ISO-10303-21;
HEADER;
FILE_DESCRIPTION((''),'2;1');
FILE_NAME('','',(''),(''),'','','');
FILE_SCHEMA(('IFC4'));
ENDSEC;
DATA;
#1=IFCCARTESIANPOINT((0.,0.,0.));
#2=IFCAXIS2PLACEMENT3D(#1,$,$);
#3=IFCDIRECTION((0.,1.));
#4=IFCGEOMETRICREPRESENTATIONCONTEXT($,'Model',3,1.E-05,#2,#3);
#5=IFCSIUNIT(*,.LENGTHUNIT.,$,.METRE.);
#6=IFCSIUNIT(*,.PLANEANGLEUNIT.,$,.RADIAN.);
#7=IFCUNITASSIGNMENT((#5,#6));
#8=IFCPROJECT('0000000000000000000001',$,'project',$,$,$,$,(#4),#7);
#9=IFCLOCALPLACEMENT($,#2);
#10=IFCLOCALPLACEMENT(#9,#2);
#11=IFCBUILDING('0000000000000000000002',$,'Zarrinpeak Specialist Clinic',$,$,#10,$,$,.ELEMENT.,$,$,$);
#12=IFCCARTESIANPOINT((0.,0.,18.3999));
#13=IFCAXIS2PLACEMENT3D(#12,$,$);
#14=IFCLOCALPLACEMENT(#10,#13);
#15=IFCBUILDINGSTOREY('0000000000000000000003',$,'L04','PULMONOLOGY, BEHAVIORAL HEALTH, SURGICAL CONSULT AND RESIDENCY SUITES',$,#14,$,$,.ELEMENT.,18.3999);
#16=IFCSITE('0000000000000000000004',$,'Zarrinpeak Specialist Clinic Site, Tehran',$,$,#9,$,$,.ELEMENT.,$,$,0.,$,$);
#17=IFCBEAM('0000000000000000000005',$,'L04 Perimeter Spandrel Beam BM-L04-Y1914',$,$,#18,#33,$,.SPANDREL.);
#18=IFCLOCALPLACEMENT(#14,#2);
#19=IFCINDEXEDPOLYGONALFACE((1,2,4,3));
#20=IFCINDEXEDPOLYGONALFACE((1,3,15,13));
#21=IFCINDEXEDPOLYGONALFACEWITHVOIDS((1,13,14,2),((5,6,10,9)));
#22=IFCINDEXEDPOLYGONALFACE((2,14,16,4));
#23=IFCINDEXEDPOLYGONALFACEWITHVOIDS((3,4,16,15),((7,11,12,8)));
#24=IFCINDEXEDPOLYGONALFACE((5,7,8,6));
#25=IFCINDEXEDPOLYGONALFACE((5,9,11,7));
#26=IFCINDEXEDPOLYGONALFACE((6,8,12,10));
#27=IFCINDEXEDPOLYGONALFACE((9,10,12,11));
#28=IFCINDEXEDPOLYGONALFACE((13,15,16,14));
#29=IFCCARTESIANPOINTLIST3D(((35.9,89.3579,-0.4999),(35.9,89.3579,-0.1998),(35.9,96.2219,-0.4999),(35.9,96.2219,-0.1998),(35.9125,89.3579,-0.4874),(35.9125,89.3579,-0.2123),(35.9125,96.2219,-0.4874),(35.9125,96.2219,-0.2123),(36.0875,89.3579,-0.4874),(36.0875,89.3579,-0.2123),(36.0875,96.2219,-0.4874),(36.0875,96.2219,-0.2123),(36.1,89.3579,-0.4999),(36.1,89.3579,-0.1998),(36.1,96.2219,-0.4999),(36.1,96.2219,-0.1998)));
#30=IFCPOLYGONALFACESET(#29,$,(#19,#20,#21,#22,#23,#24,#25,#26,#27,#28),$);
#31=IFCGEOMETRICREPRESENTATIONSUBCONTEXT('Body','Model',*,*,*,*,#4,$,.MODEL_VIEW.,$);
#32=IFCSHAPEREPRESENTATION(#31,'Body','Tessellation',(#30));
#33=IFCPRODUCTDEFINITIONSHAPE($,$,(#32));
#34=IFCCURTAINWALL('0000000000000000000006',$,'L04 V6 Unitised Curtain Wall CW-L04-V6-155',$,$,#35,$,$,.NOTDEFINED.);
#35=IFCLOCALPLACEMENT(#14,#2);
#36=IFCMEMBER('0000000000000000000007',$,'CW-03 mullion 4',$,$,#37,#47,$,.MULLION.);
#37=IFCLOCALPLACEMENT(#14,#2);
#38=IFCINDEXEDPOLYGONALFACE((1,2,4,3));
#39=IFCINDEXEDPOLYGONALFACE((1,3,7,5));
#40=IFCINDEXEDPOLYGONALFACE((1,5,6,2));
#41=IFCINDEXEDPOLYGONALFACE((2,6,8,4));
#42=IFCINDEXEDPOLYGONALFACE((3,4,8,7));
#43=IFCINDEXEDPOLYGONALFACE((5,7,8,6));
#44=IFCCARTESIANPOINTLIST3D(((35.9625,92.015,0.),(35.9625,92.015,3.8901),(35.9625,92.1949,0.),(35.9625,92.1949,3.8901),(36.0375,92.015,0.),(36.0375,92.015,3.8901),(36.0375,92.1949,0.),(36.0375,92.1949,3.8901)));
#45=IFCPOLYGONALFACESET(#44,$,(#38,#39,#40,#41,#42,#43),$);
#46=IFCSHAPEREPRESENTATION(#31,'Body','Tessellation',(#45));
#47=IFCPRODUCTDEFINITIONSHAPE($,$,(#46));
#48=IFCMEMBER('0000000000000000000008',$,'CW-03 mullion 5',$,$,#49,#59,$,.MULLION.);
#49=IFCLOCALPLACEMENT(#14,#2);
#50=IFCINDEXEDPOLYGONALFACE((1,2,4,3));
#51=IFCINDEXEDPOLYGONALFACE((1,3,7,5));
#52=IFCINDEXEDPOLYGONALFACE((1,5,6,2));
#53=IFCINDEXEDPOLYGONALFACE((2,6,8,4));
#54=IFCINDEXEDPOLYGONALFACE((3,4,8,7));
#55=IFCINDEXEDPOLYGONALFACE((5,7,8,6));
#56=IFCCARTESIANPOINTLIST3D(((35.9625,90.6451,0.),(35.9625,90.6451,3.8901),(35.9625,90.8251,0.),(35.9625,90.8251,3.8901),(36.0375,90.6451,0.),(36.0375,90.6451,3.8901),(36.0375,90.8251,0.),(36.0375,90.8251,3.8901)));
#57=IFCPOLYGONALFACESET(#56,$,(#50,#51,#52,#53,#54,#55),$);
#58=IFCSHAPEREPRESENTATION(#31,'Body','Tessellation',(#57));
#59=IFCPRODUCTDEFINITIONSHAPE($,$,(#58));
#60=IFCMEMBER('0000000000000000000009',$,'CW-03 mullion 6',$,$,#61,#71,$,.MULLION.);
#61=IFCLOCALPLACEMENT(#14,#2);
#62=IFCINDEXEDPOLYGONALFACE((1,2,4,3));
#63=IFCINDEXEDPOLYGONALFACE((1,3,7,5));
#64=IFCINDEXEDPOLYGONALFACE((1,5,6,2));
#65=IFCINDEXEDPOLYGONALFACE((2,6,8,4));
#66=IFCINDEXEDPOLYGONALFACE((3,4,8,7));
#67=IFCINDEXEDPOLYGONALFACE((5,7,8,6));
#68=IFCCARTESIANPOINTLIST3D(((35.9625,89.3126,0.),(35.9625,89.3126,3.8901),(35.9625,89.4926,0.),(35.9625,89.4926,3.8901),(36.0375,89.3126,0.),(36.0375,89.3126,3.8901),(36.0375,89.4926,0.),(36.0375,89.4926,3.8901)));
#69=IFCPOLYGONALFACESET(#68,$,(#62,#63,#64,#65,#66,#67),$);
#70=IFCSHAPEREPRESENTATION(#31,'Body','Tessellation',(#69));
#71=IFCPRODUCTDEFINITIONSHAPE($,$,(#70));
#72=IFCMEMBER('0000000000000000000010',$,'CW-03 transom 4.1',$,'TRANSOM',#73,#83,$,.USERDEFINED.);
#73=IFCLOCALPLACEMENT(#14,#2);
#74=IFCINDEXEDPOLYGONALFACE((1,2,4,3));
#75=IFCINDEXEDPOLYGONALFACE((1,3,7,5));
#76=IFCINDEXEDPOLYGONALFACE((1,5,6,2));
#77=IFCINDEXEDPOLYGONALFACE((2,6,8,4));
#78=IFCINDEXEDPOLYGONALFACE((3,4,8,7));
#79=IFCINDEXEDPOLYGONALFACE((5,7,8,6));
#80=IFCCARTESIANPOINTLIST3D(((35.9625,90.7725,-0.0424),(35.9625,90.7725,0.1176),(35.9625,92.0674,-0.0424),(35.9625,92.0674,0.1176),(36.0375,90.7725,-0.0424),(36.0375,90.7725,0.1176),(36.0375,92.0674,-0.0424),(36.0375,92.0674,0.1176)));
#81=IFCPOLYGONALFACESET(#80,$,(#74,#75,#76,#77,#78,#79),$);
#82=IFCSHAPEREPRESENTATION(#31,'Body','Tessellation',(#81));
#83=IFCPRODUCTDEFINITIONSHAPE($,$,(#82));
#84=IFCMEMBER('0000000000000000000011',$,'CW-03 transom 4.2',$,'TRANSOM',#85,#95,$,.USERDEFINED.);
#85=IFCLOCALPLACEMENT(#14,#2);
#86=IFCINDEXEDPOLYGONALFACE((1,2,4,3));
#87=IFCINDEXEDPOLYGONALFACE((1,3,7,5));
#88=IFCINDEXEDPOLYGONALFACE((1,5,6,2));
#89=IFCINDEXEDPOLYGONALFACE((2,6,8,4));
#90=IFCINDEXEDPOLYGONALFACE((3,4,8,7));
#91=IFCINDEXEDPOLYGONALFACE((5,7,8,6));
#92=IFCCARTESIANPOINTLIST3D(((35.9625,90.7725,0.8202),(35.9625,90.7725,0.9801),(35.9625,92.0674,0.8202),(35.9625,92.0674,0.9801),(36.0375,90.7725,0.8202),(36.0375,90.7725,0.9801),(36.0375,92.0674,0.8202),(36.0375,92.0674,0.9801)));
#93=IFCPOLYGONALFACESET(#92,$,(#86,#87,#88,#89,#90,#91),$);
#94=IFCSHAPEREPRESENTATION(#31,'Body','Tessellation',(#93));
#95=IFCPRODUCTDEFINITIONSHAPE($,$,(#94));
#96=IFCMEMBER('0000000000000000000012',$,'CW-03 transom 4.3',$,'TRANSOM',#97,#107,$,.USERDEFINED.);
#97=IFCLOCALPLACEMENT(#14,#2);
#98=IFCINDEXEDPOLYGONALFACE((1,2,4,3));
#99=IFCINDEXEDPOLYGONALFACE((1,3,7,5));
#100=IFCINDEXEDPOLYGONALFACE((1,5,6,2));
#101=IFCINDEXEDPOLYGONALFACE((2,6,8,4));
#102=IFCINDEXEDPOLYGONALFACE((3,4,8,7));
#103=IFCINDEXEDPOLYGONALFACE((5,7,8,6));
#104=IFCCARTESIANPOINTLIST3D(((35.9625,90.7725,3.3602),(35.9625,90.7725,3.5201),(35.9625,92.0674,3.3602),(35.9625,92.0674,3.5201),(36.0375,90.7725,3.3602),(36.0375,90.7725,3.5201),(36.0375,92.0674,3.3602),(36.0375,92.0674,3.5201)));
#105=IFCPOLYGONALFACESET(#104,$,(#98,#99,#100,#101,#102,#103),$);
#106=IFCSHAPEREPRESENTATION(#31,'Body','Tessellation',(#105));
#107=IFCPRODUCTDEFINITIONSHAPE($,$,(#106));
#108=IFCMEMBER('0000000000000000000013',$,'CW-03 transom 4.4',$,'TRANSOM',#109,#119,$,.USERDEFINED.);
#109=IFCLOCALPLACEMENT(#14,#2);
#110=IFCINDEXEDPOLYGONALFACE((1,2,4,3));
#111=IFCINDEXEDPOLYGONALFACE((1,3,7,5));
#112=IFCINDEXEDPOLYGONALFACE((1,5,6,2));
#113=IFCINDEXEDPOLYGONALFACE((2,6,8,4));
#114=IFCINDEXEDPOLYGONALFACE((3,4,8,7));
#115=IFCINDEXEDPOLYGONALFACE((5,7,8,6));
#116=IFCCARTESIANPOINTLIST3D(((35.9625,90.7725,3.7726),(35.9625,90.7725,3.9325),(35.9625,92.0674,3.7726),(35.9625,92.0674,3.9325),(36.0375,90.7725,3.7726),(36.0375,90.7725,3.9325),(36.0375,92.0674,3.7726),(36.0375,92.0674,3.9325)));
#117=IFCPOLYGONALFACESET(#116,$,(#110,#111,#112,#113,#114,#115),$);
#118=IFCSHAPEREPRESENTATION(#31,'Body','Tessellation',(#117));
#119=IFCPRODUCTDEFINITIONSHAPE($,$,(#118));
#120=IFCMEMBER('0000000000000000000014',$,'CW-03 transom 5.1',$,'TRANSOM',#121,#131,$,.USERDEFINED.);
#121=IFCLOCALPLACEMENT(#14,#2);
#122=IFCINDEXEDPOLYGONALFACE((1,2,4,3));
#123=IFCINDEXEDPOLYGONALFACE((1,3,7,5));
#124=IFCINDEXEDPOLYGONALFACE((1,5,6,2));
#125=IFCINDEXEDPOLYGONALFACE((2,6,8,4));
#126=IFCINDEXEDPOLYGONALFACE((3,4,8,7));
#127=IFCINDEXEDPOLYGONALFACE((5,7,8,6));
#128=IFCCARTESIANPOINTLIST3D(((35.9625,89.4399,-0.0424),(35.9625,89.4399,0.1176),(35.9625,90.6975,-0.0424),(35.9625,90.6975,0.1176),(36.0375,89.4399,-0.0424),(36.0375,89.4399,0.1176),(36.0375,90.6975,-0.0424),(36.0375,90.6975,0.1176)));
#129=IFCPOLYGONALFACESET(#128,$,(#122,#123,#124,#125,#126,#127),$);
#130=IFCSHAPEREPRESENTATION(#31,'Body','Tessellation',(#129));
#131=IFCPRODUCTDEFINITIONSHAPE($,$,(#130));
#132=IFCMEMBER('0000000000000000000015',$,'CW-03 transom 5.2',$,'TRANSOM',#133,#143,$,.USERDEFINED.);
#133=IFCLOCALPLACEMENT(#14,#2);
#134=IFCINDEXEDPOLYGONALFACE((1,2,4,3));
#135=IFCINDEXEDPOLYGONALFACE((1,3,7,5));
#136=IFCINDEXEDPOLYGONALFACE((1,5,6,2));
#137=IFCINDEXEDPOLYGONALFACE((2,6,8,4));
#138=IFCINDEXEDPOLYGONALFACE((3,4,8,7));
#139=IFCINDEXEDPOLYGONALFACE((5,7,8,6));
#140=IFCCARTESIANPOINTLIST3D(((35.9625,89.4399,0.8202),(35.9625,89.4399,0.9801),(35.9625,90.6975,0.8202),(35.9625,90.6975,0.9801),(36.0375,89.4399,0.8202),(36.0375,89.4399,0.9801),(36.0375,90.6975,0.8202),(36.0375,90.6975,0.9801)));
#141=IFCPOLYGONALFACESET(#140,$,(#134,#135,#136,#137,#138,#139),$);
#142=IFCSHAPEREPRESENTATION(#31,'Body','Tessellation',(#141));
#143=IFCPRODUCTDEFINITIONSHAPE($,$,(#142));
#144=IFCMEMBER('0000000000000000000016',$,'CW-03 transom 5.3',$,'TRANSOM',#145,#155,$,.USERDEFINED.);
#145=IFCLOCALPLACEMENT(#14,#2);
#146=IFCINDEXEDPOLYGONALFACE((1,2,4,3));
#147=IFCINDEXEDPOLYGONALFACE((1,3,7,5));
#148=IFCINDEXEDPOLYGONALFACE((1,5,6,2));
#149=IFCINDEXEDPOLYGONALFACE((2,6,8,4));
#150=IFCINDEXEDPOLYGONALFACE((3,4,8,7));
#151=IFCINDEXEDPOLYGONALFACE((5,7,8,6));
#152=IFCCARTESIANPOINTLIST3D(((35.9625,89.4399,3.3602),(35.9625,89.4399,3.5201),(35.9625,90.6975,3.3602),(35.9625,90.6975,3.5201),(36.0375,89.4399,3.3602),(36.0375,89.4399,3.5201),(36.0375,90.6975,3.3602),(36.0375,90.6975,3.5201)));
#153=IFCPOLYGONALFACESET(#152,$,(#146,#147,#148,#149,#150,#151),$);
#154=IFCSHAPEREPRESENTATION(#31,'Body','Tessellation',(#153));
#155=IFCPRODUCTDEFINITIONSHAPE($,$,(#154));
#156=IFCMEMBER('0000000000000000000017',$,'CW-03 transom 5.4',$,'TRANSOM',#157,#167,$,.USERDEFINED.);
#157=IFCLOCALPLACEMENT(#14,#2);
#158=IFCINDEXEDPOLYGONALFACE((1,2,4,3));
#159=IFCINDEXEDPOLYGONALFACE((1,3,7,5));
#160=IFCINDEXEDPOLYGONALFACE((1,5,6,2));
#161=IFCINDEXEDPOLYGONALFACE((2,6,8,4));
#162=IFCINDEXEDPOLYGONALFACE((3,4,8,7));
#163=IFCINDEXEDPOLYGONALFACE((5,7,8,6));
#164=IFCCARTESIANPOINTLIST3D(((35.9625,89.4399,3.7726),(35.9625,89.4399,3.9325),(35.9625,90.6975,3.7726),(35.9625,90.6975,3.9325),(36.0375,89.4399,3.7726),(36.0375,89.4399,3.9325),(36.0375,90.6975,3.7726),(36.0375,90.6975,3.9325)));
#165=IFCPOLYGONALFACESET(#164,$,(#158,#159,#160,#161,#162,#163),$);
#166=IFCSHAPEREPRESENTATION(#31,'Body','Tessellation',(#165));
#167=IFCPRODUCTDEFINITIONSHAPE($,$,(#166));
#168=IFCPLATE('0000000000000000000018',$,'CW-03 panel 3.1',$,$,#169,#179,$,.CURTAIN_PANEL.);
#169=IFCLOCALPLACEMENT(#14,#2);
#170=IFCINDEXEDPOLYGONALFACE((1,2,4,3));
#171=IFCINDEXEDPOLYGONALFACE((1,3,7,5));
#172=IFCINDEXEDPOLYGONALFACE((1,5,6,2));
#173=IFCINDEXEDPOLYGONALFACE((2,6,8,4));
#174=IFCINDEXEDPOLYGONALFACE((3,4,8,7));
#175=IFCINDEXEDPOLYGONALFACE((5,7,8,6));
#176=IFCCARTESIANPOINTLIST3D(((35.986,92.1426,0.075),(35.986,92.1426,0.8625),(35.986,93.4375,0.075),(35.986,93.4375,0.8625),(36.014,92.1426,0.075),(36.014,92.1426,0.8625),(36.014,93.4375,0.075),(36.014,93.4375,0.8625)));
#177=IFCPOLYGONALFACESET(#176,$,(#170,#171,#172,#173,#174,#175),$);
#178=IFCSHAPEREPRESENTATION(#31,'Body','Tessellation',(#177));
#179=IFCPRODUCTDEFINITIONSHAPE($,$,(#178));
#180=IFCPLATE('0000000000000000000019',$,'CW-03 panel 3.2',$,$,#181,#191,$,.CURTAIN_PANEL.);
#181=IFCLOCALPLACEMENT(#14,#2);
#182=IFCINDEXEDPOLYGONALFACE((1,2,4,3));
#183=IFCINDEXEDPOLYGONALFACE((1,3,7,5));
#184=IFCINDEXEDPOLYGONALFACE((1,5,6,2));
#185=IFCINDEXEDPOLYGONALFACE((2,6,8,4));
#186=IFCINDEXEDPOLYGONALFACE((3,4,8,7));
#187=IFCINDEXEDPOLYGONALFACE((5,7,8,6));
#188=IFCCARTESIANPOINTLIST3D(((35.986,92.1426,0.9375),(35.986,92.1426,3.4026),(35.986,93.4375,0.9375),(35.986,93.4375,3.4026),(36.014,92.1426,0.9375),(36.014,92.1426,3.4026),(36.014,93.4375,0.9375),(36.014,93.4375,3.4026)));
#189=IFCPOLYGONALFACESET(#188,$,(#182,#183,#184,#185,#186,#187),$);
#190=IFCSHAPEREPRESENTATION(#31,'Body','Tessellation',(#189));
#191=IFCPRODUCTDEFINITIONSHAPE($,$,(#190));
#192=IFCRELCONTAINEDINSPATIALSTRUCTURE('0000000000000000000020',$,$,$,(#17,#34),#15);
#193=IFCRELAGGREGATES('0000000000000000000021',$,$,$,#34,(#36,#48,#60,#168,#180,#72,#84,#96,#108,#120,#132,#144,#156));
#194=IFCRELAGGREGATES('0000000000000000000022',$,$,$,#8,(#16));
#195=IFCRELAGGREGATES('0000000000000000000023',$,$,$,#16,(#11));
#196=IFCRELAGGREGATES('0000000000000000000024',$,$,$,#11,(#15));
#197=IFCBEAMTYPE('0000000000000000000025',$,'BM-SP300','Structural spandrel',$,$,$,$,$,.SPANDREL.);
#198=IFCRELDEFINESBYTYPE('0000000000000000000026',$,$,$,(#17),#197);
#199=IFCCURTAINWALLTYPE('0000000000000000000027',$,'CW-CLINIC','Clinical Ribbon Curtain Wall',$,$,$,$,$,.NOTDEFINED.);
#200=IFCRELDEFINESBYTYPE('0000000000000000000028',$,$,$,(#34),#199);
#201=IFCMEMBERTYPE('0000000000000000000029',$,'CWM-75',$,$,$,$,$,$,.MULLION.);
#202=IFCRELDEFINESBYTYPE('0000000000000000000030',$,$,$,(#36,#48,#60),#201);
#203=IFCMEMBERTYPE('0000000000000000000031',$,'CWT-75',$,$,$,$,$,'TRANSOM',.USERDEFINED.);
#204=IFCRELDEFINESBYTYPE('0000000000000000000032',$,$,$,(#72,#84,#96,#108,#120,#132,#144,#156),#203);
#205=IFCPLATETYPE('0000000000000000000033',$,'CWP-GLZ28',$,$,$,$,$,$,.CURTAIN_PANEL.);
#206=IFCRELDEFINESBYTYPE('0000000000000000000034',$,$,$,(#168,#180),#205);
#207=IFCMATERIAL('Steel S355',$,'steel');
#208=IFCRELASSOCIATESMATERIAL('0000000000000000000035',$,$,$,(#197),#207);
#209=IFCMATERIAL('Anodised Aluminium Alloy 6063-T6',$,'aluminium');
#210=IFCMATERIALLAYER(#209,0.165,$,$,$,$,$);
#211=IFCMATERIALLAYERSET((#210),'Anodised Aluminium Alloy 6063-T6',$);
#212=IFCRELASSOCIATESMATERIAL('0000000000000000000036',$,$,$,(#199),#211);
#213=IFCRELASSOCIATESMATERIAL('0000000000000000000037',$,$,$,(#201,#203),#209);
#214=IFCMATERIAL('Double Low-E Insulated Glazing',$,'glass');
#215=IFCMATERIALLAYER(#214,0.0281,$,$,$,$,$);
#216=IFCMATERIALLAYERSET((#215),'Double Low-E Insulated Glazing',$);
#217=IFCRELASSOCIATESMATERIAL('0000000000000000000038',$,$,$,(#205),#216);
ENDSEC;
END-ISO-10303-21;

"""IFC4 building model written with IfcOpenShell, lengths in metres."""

from ifc_helpers import new_model, si_unit, direction, frame, origin, origin_2d, place, context, subcontext, project, spatial, rectangle, hollow_rectangle, extrude, material, layer, layer_set, material_profile, profile_set, type_object, element, aggregate, save


model = new_model("IFC4")

# Units and contexts
model_context = context("Model", 3, precision=1e-05, world=origin(), true_north=direction((0.0, 1.0)))
body_context = subcontext(model_context, "Body", "Model", "MODEL_VIEW")
ifc_project = project(units=[si_unit("LENGTHUNIT", "METRE"), si_unit("PLANEANGLEUNIT", "RADIAN")], contexts=[model_context])

# Site, building, storey
site_placement = place(None, origin())
site = spatial("IfcSite", under=ifc_project, at=site_placement, Name="Zarrinpeak Specialist Clinic Site, Tehran", CompositionType="ELEMENT", RefElevation=0.0)
building_placement = place(site_placement, origin())
building = spatial("IfcBuilding", under=site, at=building_placement, Name="Zarrinpeak Specialist Clinic", CompositionType="ELEMENT")
storey_placement = place(building_placement, frame((0.0, 0.0, 18.3999)))
storey = spatial("IfcBuildingStorey", under=building, at=storey_placement, Name="L04", Description="PULMONOLOGY, BEHAVIORAL HEALTH, SURGICAL CONSULT AND RESIDENCY SUITES", CompositionType="ELEMENT", Elevation=18.3999)

# Beam
ifc_material_1 = material(Name="Steel S355", Category="steel")
ifc_material_profile_1 = material_profile(ifc_material_1, hollow_rectangle(XDim=0.2, YDim=0.3, WallThickness=0.0125, at=origin_2d()), Name="RHS 300x200x12.5")
ifc_profile_set_1 = profile_set([ifc_material_profile_1], Name="Steel S355")
beam_type = type_object("IfcBeamType", Name="BM-SP300", Description="Structural spandrel", PredefinedType="SPANDREL", material=ifc_profile_set_1)
beam_placement = place(storey_placement, frame((36.0, 89.3579, -0.3499), z_axis=(0.0, 1.0, 0.0), x_axis=(-1.0, 0.0, 0.0)))
element("IfcBeam", 1, at=beam_placement, inside=storey, type_object=beam_type, Name="L04 Perimeter Spandrel Beam BM-L04-Y1914", PredefinedType="SPANDREL", context=body_context, shape_type="SweptSolid", body=[
    extrude(hollow_rectangle(XDim=0.2, YDim=0.3, WallThickness=0.0125, at=origin_2d()), origin(), (0.0, 0.0, 1.0), 6.864),
])

# Curtain wall, members, plates
ifc_material_2 = material(Name="Anodised Aluminium Alloy 6063-T6", Category="aluminium")
ifc_layer_1 = layer(ifc_material_2, 0.165)
ifc_layer_set_1 = layer_set([ifc_layer_1], Name="Anodised Aluminium Alloy 6063-T6")
curtain_wall_type = type_object("IfcCurtainWallType", Name="CW-CLINIC", Description="Clinical Ribbon Curtain Wall", PredefinedType="NOTDEFINED", material=ifc_layer_set_1)
curtain_wall_placement = place(storey_placement, origin())
curtain_wall = element("IfcCurtainWall", 2, at=curtain_wall_placement, inside=storey, type_object=curtain_wall_type, Name="L04 V6 Unitised Curtain Wall CW-L04-V6-155", PredefinedType="NOTDEFINED")
ifc_material_profile_2 = material_profile(ifc_material_2, rectangle(XDim=0.075, YDim=0.1799, at=origin_2d()), Name="ALU 75x180")
ifc_profile_set_2 = profile_set([ifc_material_profile_2], Name="Anodised Aluminium Alloy 6063-T6")
member_type_1 = type_object("IfcMemberType", Name="CWM-75", PredefinedType="MULLION", material=ifc_profile_set_2)
member_1_placement = place(storey_placement, frame((36.0, 92.105, 0.0), z_axis=(0.0, 0.0, 1.0), x_axis=(1.0, 0.0, 0.0)))
member_1 = element("IfcMember", 3, at=member_1_placement, type_object=member_type_1, Name="CW-03 mullion 4", PredefinedType="MULLION", context=body_context, shape_type="SweptSolid", body=[
    extrude(rectangle(XDim=0.075, YDim=0.1799, at=origin_2d()), origin(), (0.0, 0.0, 1.0), 3.8901),
])
member_2_placement = place(storey_placement, frame((36.0, 90.7351, 0.0), z_axis=(0.0, 0.0, 1.0), x_axis=(1.0, 0.0, 0.0)))
member_2 = element("IfcMember", 4, at=member_2_placement, type_object=member_type_1, Name="CW-03 mullion 5", PredefinedType="MULLION", context=body_context, shape_type="SweptSolid", body=[
    extrude(rectangle(XDim=0.075, YDim=0.1799, at=origin_2d()), origin(), (0.0, 0.0, 1.0), 3.8901),
])
member_3_placement = place(storey_placement, frame((36.0, 89.4026, 0.0), z_axis=(0.0, 0.0, 1.0), x_axis=(1.0, 0.0, 0.0)))
member_3 = element("IfcMember", 5, at=member_3_placement, type_object=member_type_1, Name="CW-03 mullion 6", PredefinedType="MULLION", context=body_context, shape_type="SweptSolid", body=[
    extrude(rectangle(XDim=0.075, YDim=0.1799, at=origin_2d()), origin(), (0.0, 0.0, 1.0), 3.8901),
])
ifc_material_profile_3 = material_profile(ifc_material_2, rectangle(XDim=0.075, YDim=0.1599, at=origin_2d()), Name="ALU 75x160")
ifc_profile_set_3 = profile_set([ifc_material_profile_3], Name="Anodised Aluminium Alloy 6063-T6")
member_type_2 = type_object("IfcMemberType", Name="CWT-75", ElementType="TRANSOM", PredefinedType="USERDEFINED", material=ifc_profile_set_3)
member_4_placement = place(storey_placement, frame((36.0, 92.0674, 0.0376), z_axis=(0.0, -1.0, 0.0), x_axis=(1.0, 0.0, 0.0)))
member_4 = element("IfcMember", 6, at=member_4_placement, type_object=member_type_2, Name="CW-03 transom 4.1", ObjectType="TRANSOM", PredefinedType="USERDEFINED", context=body_context, shape_type="SweptSolid", body=[
    extrude(rectangle(XDim=0.075, YDim=0.1599, at=origin_2d()), origin(), (0.0, 0.0, 1.0), 1.2949),
])
member_5_placement = place(storey_placement, frame((36.0, 92.0674, 0.9001), z_axis=(0.0, -1.0, 0.0), x_axis=(1.0, 0.0, 0.0)))
member_5 = element("IfcMember", 7, at=member_5_placement, type_object=member_type_2, Name="CW-03 transom 4.2", ObjectType="TRANSOM", PredefinedType="USERDEFINED", context=body_context, shape_type="SweptSolid", body=[
    extrude(rectangle(XDim=0.075, YDim=0.1599, at=origin_2d()), origin(), (0.0, 0.0, 1.0), 1.2949),
])
member_6_placement = place(storey_placement, frame((36.0, 92.0674, 3.4402), z_axis=(0.0, -1.0, 0.0), x_axis=(1.0, 0.0, 0.0)))
member_6 = element("IfcMember", 8, at=member_6_placement, type_object=member_type_2, Name="CW-03 transom 4.3", ObjectType="TRANSOM", PredefinedType="USERDEFINED", context=body_context, shape_type="SweptSolid", body=[
    extrude(rectangle(XDim=0.075, YDim=0.1599, at=origin_2d()), origin(), (0.0, 0.0, 1.0), 1.2949),
])
member_7_placement = place(storey_placement, frame((36.0, 92.0674, 3.8525), z_axis=(0.0, -1.0, 0.0), x_axis=(1.0, 0.0, 0.0)))
member_7 = element("IfcMember", 9, at=member_7_placement, type_object=member_type_2, Name="CW-03 transom 4.4", ObjectType="TRANSOM", PredefinedType="USERDEFINED", context=body_context, shape_type="SweptSolid", body=[
    extrude(rectangle(XDim=0.075, YDim=0.1599, at=origin_2d()), origin(), (0.0, 0.0, 1.0), 1.2949),
])
member_8_placement = place(storey_placement, frame((36.0, 90.6975, 0.0376), z_axis=(0.0, -1.0, 0.0), x_axis=(1.0, 0.0, 0.0)))
member_8 = element("IfcMember", 10, at=member_8_placement, type_object=member_type_2, Name="CW-03 transom 5.1", ObjectType="TRANSOM", PredefinedType="USERDEFINED", context=body_context, shape_type="SweptSolid", body=[
    extrude(rectangle(XDim=0.075, YDim=0.1599, at=origin_2d()), origin(), (0.0, 0.0, 1.0), 1.2576),
])
member_9_placement = place(storey_placement, frame((36.0, 90.6975, 0.9001), z_axis=(0.0, -1.0, 0.0), x_axis=(1.0, 0.0, 0.0)))
member_9 = element("IfcMember", 11, at=member_9_placement, type_object=member_type_2, Name="CW-03 transom 5.2", ObjectType="TRANSOM", PredefinedType="USERDEFINED", context=body_context, shape_type="SweptSolid", body=[
    extrude(rectangle(XDim=0.075, YDim=0.1599, at=origin_2d()), origin(), (0.0, 0.0, 1.0), 1.2576),
])
member_10_placement = place(storey_placement, frame((36.0, 90.6975, 3.4402), z_axis=(0.0, -1.0, 0.0), x_axis=(1.0, 0.0, 0.0)))
member_10 = element("IfcMember", 12, at=member_10_placement, type_object=member_type_2, Name="CW-03 transom 5.3", ObjectType="TRANSOM", PredefinedType="USERDEFINED", context=body_context, shape_type="SweptSolid", body=[
    extrude(rectangle(XDim=0.075, YDim=0.1599, at=origin_2d()), origin(), (0.0, 0.0, 1.0), 1.2576),
])
member_11_placement = place(storey_placement, frame((36.0, 90.6975, 3.8525), z_axis=(0.0, -1.0, 0.0), x_axis=(1.0, 0.0, 0.0)))
member_11 = element("IfcMember", 13, at=member_11_placement, type_object=member_type_2, Name="CW-03 transom 5.4", ObjectType="TRANSOM", PredefinedType="USERDEFINED", context=body_context, shape_type="SweptSolid", body=[
    extrude(rectangle(XDim=0.075, YDim=0.1599, at=origin_2d()), origin(), (0.0, 0.0, 1.0), 1.2576),
])
ifc_material_3 = material(Name="Double Low-E Insulated Glazing", Category="glass")
ifc_layer_2 = layer(ifc_material_3, 0.0281)
ifc_layer_set_2 = layer_set([ifc_layer_2], Name="Double Low-E Insulated Glazing")
plate_type = type_object("IfcPlateType", Name="CWP-GLZ28", PredefinedType="CURTAIN_PANEL", material=ifc_layer_set_2)
plate_1_placement = place(storey_placement, frame((36.0, 92.79, 0.075), z_axis=(0.0, 0.0, 1.0), x_axis=(0.0, -1.0, 0.0)))
plate_1 = element("IfcPlate", 14, at=plate_1_placement, type_object=plate_type, Name="CW-03 panel 3.1", PredefinedType="CURTAIN_PANEL", context=body_context, shape_type="SweptSolid", body=[
    extrude(rectangle(XDim=1.2949, YDim=0.0281, at=origin_2d()), origin(), (0.0, 0.0, 1.0), 0.7876),
])
plate_2_placement = place(storey_placement, frame((36.0, 92.79, 0.9375), z_axis=(0.0, 0.0, 1.0), x_axis=(0.0, -1.0, 0.0)))
plate_2 = element("IfcPlate", 15, at=plate_2_placement, type_object=plate_type, Name="CW-03 panel 3.2", PredefinedType="CURTAIN_PANEL", context=body_context, shape_type="SweptSolid", body=[
    extrude(rectangle(XDim=1.2949, YDim=0.0281, at=origin_2d()), origin(), (0.0, 0.0, 1.0), 2.4651),
])
aggregate(curtain_wall, [member_1, member_2, member_3, plate_1, plate_2, member_4, member_5, member_6, member_7, member_8, member_9, member_10, member_11])

save(model, "model.ifc")
